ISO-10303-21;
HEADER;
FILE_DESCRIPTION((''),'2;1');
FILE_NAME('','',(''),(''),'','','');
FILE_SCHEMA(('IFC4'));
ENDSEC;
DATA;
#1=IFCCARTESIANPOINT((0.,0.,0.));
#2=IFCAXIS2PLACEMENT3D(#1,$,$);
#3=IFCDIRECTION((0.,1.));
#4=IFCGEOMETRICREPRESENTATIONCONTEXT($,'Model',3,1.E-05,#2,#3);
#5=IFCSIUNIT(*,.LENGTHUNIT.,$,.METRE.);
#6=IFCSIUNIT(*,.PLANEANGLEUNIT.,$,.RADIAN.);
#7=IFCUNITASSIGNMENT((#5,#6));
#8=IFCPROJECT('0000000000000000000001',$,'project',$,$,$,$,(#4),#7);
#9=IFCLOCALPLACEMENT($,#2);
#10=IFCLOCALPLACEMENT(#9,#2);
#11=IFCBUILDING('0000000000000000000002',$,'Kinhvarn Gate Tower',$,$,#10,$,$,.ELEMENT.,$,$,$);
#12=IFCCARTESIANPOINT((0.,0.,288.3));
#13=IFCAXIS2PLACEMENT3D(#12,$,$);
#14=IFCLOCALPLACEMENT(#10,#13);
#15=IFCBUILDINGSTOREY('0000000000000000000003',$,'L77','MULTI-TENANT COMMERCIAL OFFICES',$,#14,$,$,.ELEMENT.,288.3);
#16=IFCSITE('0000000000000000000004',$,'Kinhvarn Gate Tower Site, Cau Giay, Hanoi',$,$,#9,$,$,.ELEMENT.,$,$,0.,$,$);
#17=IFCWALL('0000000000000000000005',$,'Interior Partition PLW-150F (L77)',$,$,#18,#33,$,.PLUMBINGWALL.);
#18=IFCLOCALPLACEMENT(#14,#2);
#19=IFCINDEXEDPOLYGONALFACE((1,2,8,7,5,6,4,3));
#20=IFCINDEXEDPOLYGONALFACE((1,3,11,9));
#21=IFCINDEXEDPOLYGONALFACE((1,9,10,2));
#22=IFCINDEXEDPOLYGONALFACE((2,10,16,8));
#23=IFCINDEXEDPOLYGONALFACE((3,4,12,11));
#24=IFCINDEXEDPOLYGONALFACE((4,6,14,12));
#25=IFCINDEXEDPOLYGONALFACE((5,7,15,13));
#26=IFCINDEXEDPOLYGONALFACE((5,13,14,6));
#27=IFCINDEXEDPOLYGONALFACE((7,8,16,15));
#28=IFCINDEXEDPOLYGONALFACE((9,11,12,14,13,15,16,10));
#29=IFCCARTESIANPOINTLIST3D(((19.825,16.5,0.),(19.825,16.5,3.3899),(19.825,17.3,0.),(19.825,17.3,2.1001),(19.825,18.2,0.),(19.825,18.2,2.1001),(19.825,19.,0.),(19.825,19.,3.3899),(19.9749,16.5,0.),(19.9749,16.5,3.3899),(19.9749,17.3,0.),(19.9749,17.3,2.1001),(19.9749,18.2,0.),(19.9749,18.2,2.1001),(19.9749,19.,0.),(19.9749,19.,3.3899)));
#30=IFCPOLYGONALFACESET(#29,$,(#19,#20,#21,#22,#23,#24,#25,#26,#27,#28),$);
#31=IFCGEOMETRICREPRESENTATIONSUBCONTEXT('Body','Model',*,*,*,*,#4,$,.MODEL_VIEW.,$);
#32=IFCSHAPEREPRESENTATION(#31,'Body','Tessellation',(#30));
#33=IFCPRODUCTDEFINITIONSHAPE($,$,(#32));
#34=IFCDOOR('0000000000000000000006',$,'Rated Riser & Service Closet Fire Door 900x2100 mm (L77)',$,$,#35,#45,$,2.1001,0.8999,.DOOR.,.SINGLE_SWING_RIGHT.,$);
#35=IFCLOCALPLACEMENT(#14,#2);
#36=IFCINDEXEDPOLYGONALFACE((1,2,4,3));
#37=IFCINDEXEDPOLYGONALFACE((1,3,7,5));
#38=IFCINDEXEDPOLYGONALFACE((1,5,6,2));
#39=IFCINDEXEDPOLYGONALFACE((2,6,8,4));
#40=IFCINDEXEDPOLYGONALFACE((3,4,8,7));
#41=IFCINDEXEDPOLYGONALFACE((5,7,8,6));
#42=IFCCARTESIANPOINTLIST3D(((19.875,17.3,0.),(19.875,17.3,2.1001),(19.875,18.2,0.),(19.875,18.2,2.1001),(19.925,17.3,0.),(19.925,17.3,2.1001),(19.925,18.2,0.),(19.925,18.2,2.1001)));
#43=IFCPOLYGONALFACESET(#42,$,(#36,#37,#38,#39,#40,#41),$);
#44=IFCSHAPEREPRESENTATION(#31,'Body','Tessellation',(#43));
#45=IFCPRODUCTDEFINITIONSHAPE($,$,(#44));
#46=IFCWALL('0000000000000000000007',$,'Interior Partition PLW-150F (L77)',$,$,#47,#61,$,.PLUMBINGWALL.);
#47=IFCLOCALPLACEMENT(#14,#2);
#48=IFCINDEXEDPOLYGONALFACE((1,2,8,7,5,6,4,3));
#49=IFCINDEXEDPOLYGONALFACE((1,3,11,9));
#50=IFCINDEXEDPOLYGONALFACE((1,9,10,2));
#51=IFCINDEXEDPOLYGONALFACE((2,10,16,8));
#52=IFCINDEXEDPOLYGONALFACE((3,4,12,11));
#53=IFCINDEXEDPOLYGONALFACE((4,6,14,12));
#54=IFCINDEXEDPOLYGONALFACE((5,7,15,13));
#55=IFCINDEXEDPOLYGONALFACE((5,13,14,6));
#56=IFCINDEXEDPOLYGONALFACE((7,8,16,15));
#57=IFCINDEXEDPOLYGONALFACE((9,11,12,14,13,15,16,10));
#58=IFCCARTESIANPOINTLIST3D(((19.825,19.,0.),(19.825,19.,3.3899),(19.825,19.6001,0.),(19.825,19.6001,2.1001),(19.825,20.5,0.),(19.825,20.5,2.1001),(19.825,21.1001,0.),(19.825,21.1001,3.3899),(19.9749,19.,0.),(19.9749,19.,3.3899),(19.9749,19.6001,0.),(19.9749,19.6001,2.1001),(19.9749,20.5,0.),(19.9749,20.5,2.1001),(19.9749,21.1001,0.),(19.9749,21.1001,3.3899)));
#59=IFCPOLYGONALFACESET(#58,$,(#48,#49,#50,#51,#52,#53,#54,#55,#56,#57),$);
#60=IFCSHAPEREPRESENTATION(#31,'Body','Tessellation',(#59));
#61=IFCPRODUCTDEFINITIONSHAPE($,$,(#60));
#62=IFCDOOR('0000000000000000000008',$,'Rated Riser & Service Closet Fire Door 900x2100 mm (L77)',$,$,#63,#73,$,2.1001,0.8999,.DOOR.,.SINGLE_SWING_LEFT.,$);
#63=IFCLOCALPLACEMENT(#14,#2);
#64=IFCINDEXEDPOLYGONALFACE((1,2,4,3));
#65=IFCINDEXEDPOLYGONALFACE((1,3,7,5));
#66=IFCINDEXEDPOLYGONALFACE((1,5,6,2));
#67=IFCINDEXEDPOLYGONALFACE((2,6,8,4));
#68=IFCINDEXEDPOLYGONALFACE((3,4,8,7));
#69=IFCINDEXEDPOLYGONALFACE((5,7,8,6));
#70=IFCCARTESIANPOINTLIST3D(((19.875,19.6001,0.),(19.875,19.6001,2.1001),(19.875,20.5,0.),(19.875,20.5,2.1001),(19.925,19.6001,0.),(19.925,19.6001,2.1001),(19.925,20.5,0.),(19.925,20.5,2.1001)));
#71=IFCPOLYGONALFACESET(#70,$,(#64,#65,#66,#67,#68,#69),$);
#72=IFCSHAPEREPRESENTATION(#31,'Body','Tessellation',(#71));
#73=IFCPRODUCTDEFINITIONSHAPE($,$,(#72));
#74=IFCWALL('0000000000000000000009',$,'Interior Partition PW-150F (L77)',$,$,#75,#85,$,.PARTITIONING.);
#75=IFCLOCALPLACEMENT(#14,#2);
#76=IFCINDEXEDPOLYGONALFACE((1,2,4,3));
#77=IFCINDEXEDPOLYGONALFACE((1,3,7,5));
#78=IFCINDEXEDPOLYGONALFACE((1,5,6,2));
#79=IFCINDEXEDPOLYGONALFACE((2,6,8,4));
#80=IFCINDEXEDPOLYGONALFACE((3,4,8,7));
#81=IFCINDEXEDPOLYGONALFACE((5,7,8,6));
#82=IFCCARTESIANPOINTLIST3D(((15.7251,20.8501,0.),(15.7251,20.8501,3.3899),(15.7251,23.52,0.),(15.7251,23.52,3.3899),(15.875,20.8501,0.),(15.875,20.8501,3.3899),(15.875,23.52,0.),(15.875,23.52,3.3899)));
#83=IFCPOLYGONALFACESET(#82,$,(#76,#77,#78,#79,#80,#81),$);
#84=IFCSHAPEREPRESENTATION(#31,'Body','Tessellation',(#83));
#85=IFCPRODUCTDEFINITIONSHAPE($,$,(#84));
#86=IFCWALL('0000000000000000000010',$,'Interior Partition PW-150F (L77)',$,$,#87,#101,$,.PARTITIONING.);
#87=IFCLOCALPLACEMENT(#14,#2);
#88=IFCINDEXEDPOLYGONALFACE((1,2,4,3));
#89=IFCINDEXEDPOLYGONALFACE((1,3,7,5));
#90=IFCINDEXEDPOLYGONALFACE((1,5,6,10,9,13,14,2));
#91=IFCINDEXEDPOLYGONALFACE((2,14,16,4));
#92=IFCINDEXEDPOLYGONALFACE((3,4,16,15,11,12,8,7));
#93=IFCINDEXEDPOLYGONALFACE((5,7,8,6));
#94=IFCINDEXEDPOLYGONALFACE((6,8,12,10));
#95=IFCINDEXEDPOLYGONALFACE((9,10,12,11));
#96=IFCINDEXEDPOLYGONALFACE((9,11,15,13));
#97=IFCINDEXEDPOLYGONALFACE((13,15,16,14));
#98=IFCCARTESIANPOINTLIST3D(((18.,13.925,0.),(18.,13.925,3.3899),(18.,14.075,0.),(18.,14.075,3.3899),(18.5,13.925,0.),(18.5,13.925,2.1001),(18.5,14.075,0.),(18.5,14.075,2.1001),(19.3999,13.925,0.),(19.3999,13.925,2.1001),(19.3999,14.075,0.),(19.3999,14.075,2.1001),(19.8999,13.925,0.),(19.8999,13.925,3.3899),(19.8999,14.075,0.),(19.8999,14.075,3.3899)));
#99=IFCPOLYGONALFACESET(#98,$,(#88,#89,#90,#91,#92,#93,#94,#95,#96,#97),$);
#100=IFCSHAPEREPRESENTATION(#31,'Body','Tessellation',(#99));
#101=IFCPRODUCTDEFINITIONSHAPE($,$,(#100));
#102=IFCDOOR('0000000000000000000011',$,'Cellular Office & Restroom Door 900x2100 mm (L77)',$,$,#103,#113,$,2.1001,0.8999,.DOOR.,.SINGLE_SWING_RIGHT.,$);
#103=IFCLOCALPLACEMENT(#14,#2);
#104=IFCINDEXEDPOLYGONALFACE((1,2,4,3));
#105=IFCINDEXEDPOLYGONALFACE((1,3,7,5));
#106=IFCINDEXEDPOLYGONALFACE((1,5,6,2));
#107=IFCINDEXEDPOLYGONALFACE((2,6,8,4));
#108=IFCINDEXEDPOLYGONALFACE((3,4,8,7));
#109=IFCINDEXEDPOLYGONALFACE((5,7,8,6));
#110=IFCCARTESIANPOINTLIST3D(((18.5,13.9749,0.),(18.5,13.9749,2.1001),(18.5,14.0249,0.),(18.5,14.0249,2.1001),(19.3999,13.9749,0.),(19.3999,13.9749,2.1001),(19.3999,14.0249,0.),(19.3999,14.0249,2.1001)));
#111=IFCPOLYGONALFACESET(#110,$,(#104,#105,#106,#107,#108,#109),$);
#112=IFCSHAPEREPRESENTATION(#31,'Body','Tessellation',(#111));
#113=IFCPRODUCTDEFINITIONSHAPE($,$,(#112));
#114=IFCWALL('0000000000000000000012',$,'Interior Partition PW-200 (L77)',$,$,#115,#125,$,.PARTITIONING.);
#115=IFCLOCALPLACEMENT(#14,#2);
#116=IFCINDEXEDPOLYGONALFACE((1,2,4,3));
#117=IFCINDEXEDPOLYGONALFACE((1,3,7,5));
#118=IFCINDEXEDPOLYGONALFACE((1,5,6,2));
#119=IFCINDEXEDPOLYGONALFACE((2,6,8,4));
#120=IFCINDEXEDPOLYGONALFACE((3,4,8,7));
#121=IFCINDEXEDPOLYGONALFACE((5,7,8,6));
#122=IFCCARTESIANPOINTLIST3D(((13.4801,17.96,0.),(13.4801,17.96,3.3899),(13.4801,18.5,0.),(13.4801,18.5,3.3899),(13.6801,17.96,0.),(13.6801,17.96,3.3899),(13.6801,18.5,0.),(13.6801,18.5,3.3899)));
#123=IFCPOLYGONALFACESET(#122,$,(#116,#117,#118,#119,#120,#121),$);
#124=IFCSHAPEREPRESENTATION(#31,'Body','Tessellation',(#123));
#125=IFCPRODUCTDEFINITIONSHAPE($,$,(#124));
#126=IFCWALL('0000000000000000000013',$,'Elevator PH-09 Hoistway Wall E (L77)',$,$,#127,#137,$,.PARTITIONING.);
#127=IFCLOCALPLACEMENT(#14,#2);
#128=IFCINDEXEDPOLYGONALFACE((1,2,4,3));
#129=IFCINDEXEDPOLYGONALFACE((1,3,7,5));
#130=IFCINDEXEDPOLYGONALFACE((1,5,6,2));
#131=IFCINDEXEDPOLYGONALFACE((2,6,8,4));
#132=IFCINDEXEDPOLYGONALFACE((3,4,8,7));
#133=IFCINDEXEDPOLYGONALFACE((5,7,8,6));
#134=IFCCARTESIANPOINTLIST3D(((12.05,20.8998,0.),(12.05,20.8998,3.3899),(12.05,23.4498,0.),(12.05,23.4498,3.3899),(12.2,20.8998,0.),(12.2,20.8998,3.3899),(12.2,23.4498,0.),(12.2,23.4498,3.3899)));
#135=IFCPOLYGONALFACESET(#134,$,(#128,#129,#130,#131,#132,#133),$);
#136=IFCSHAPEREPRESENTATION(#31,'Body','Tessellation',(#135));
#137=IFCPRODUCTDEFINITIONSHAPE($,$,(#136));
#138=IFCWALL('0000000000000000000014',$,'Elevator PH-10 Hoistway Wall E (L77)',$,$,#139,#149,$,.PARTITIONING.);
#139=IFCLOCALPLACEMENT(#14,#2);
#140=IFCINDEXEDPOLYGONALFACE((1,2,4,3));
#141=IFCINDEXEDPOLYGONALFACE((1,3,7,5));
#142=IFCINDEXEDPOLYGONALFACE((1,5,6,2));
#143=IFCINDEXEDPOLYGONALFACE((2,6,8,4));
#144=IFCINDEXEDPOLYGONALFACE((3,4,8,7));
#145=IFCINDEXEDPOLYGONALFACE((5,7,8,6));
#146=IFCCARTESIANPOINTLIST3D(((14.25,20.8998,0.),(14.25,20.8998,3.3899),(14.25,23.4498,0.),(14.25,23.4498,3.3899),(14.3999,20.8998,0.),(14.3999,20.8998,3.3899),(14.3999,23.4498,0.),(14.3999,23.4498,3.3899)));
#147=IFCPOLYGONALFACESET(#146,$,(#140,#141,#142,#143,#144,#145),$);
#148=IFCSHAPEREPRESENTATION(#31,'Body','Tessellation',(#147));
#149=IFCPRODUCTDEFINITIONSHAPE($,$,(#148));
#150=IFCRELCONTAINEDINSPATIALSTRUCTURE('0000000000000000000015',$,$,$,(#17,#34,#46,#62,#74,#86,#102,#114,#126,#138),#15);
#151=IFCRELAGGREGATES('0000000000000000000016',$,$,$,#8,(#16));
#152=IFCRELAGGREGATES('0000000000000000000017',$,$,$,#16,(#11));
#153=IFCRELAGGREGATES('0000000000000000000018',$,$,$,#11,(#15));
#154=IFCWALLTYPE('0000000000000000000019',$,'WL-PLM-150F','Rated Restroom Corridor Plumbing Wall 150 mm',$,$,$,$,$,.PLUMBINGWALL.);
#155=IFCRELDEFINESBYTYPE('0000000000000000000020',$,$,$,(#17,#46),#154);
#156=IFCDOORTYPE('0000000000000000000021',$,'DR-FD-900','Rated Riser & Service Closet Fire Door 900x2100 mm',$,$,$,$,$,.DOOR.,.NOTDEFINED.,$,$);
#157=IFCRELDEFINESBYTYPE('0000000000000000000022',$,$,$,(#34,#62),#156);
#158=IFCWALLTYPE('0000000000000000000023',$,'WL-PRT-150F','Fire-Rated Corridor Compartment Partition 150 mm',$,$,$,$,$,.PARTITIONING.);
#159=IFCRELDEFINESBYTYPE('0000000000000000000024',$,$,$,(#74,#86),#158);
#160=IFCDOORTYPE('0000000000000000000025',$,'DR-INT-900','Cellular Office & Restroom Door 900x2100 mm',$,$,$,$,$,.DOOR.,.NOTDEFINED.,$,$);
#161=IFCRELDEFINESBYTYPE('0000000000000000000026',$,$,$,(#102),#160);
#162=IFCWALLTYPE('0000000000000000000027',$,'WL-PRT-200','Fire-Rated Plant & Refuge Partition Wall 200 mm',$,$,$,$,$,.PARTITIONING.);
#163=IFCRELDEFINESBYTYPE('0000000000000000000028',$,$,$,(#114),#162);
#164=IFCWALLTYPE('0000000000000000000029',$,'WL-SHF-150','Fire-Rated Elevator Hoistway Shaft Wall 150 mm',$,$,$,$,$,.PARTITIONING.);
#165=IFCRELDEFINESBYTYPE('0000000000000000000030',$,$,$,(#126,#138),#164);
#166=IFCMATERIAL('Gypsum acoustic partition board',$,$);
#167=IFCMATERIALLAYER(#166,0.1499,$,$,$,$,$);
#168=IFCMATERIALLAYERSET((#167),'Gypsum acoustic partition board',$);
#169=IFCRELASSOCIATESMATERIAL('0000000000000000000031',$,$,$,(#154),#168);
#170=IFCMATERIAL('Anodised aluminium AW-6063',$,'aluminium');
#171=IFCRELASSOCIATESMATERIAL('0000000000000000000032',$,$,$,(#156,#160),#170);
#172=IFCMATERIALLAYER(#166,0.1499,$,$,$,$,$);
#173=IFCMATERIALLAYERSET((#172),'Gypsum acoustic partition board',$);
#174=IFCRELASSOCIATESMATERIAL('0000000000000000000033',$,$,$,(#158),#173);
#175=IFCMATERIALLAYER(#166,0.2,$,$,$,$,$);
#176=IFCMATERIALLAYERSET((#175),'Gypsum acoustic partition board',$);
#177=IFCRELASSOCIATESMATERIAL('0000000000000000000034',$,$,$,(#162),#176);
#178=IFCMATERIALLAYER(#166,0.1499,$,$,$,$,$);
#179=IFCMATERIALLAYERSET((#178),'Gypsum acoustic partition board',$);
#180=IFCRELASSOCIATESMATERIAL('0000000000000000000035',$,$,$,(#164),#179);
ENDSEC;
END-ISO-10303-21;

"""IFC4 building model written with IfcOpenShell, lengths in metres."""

from ifc_helpers import new_model, si_unit, direction, frame, frame_2d, origin, place, context, subcontext, project, spatial, rectangle, extrude, material, layer, layer_set, type_object, element, fill, save


model = new_model("IFC4")

# Units and contexts
model_context = context("Model", 3, precision=1e-05, world=origin(), true_north=direction((0.0, 1.0)))
body_context = subcontext(model_context, "Body", "Model", "MODEL_VIEW")
ifc_project = project(units=[si_unit("LENGTHUNIT", "METRE"), si_unit("PLANEANGLEUNIT", "RADIAN")], contexts=[model_context])

# Site, building, storey
site_placement = place(None, origin())
site = spatial("IfcSite", under=ifc_project, at=site_placement, Name="Kinhvarn Gate Tower Site, Cau Giay, Hanoi", CompositionType="ELEMENT", RefElevation=0.0)
building_placement = place(site_placement, origin())
building = spatial("IfcBuilding", under=site, at=building_placement, Name="Kinhvarn Gate Tower", CompositionType="ELEMENT")
storey_placement = place(building_placement, frame((0.0, 0.0, 288.3)))
storey = spatial("IfcBuildingStorey", under=building, at=storey_placement, Name="L77", Description="MULTI-TENANT COMMERCIAL OFFICES", CompositionType="ELEMENT", Elevation=288.3)

# Shared definitions
ifc_material_1 = material(Name="Anodised aluminium AW-6063", Category="aluminium")

# Shared definitions
ifc_material_2 = material(Name="Gypsum acoustic partition board")

# Walls, openings, doors
ifc_layer_1 = layer(ifc_material_2, 0.1499)
ifc_layer_set_1 = layer_set([ifc_layer_1], Name="Gypsum acoustic partition board")
wall_type_1 = type_object("IfcWallType", Name="WL-PLM-150F", Description="Rated Restroom Corridor Plumbing Wall 150 mm", PredefinedType="PLUMBINGWALL", material=ifc_layer_set_1)
door_type_1 = type_object("IfcDoorType", Name="DR-FD-900", Description="Rated Riser & Service Closet Fire Door 900x2100 mm", OperationType="NOTDEFINED", PredefinedType="DOOR", material=ifc_material_1)
wall_1_placement = place(storey_placement, frame((19.8999, 16.5, 0.0), z_axis=(0.0, 0.0, 1.0), x_axis=(0.0, 1.0, 0.0)))
wall_1 = element("IfcWall", 1, at=wall_1_placement, inside=storey, type_object=wall_type_1, Name="Interior Partition PLW-150F (L77)", PredefinedType="PLUMBINGWALL", context=body_context, shape_type="SweptSolid", body=[
    extrude(rectangle(XDim=2.5, YDim=0.1499, at=frame_2d((1.25, 0.0))), origin(), (0.0, 0.0, 1.0), 3.3899),
])
opening_1_placement = place(wall_1_placement, frame((0.8, 0.0, 0.0)))
opening_1 = element("IfcOpeningElement", 2, at=opening_1_placement, cuts=wall_1, PredefinedType="OPENING", context=body_context, shape_type="SweptSolid", body=[
    extrude(rectangle(XDim=0.8999, YDim=2.1001, at=frame_2d((0.45, 1.05))), frame((0.0, 0.085, 0.0), z_axis=(0.0, -1.0, 0.0), x_axis=(1.0, 0.0, 0.0)), (0.0, 0.0, 1.0), 0.1699),
])
door_1_placement = place(opening_1_placement, origin())
door_1 = element("IfcDoor", 3, at=door_1_placement, inside=storey, type_object=door_type_1, Name="Rated Riser & Service Closet Fire Door 900x2100 mm (L77)", OperationType="SINGLE_SWING_RIGHT", OverallHeight=2.1001, OverallWidth=0.8999, PredefinedType="DOOR", context=body_context, shape_type="SweptSolid", body=[
    extrude(rectangle(XDim=0.8999, YDim=2.1001, at=frame_2d((0.45, 1.05))), frame((0.0, 0.0249, 0.0), z_axis=(0.0, -1.0, 0.0), x_axis=(1.0, 0.0, 0.0)), (0.0, 0.0, 1.0), 0.05),
])
fill(opening_1, door_1)
wall_2_placement = place(storey_placement, frame((19.8999, 19.0, 0.0), z_axis=(0.0, 0.0, 1.0), x_axis=(0.0, 1.0, 0.0)))
wall_2 = element("IfcWall", 4, at=wall_2_placement, inside=storey, type_object=wall_type_1, Name="Interior Partition PLW-150F (L77)", PredefinedType="PLUMBINGWALL", context=body_context, shape_type="SweptSolid", body=[
    extrude(rectangle(XDim=2.1001, YDim=0.1499, at=frame_2d((1.05, 0.0))), origin(), (0.0, 0.0, 1.0), 3.3899),
])
opening_2_placement = place(wall_2_placement, frame((0.6001, 0.0, 0.0)))
opening_2 = element("IfcOpeningElement", 5, at=opening_2_placement, cuts=wall_2, PredefinedType="OPENING", context=body_context, shape_type="SweptSolid", body=[
    extrude(rectangle(XDim=0.8999, YDim=2.1001, at=frame_2d((0.45, 1.05))), frame((0.0, 0.085, 0.0), z_axis=(0.0, -1.0, 0.0), x_axis=(1.0, 0.0, 0.0)), (0.0, 0.0, 1.0), 0.1699),
])
door_2_placement = place(opening_2_placement, origin())
door_2 = element("IfcDoor", 6, at=door_2_placement, inside=storey, type_object=door_type_1, Name="Rated Riser & Service Closet Fire Door 900x2100 mm (L77)", OperationType="SINGLE_SWING_LEFT", OverallHeight=2.1001, OverallWidth=0.8999, PredefinedType="DOOR", context=body_context, shape_type="SweptSolid", body=[
    extrude(rectangle(XDim=0.8999, YDim=2.1001, at=frame_2d((0.45, 1.05))), frame((0.0, 0.0249, 0.0), z_axis=(0.0, -1.0, 0.0), x_axis=(1.0, 0.0, 0.0)), (0.0, 0.0, 1.0), 0.05),
])
fill(opening_2, door_2)

# Wall
ifc_layer_2 = layer(ifc_material_2, 0.1499)
ifc_layer_set_2 = layer_set([ifc_layer_2], Name="Gypsum acoustic partition board")
wall_type_2 = type_object("IfcWallType", Name="WL-PRT-150F", Description="Fire-Rated Corridor Compartment Partition 150 mm", PredefinedType="PARTITIONING", material=ifc_layer_set_2)
wall_3_placement = place(storey_placement, frame((15.8, 20.8501, 0.0), z_axis=(0.0, 0.0, 1.0), x_axis=(0.0, 1.0, 0.0)))
element("IfcWall", 7, at=wall_3_placement, inside=storey, type_object=wall_type_2, Name="Interior Partition PW-150F (L77)", PredefinedType="PARTITIONING", context=body_context, shape_type="SweptSolid", body=[
    extrude(rectangle(XDim=2.6699, YDim=0.1499, at=frame_2d((1.335, 0.0))), origin(), (0.0, 0.0, 1.0), 3.3899),
])

# Wall, opening, door
wall_4_placement = place(storey_placement, frame((18.0, 14.0, 0.0), z_axis=(0.0, 0.0, 1.0), x_axis=(1.0, 0.0, 0.0)))
wall_4 = element("IfcWall", 8, at=wall_4_placement, inside=storey, type_object=wall_type_2, Name="Interior Partition PW-150F (L77)", PredefinedType="PARTITIONING", context=body_context, shape_type="SweptSolid", body=[
    extrude(rectangle(XDim=1.8999, YDim=0.1499, at=frame_2d((0.95, 0.0))), origin(), (0.0, 0.0, 1.0), 3.3899),
])
opening_3_placement = place(wall_4_placement, frame((0.5, 0.0, 0.0)))
opening_3 = element("IfcOpeningElement", 9, at=opening_3_placement, cuts=wall_4, PredefinedType="OPENING", context=body_context, shape_type="SweptSolid", body=[
    extrude(rectangle(XDim=0.8999, YDim=2.1001, at=frame_2d((0.45, 1.05))), frame((0.0, 0.085, 0.0), z_axis=(0.0, -1.0, 0.0), x_axis=(1.0, 0.0, 0.0)), (0.0, 0.0, 1.0), 0.1699),
])
door_type_2 = type_object("IfcDoorType", Name="DR-INT-900", Description="Cellular Office & Restroom Door 900x2100 mm", OperationType="NOTDEFINED", PredefinedType="DOOR", material=ifc_material_1)
door_3_placement = place(opening_3_placement, origin())
door_3 = element("IfcDoor", 10, at=door_3_placement, inside=storey, type_object=door_type_2, Name="Cellular Office & Restroom Door 900x2100 mm (L77)", OperationType="SINGLE_SWING_RIGHT", OverallHeight=2.1001, OverallWidth=0.8999, PredefinedType="DOOR", context=body_context, shape_type="SweptSolid", body=[
    extrude(rectangle(XDim=0.8999, YDim=2.1001, at=frame_2d((0.45, 1.05))), frame((0.0, 0.0249, 0.0), z_axis=(0.0, -1.0, 0.0), x_axis=(1.0, 0.0, 0.0)), (0.0, 0.0, 1.0), 0.05),
])
fill(opening_3, door_3)

# Walls
ifc_layer_3 = layer(ifc_material_2, 0.2)
ifc_layer_set_3 = layer_set([ifc_layer_3], Name="Gypsum acoustic partition board")
wall_type_3 = type_object("IfcWallType", Name="WL-PRT-200", Description="Fire-Rated Plant & Refuge Partition Wall 200 mm", PredefinedType="PARTITIONING", material=ifc_layer_set_3)
wall_5_placement = place(storey_placement, frame((13.5801, 17.96, 0.0), z_axis=(0.0, 0.0, 1.0), x_axis=(0.0, 1.0, 0.0)))
element("IfcWall", 11, at=wall_5_placement, inside=storey, type_object=wall_type_3, Name="Interior Partition PW-200 (L77)", PredefinedType="PARTITIONING", context=body_context, shape_type="SweptSolid", body=[
    extrude(rectangle(XDim=0.54, YDim=0.2, at=frame_2d((0.27, 0.0))), origin(), (0.0, 0.0, 1.0), 3.3899),
])
ifc_layer_4 = layer(ifc_material_2, 0.1499)
ifc_layer_set_4 = layer_set([ifc_layer_4], Name="Gypsum acoustic partition board")
wall_type_4 = type_object("IfcWallType", Name="WL-SHF-150", Description="Fire-Rated Elevator Hoistway Shaft Wall 150 mm", PredefinedType="PARTITIONING", material=ifc_layer_set_4)
for number, where, z_axis, x_axis, name in (
    (12, (12.125, 20.8999, 0.0), (0.0, 0.0, 1.0), (0.0, 1.0, 0.0), "Elevator PH-09 Hoistway Wall E (L77)"),
    (13, (14.325, 20.8999, 0.0), (0.0, 0.0, 1.0), (0.0, 1.0, 0.0), "Elevator PH-10 Hoistway Wall E (L77)"),
):
    element("IfcWall", number, at=place(storey_placement, frame(where, z_axis=z_axis, x_axis=x_axis)), inside=storey, type_object=wall_type_4, Name=name, PredefinedType="PARTITIONING", context=body_context, shape_type="SweptSolid", body=[
        extrude(rectangle(XDim=2.55, YDim=0.1499, at=frame_2d((1.2749, 0.0))), origin(), (0.0, 0.0, 1.0), 3.3899),
    ])

save(model, "model.ifc")
